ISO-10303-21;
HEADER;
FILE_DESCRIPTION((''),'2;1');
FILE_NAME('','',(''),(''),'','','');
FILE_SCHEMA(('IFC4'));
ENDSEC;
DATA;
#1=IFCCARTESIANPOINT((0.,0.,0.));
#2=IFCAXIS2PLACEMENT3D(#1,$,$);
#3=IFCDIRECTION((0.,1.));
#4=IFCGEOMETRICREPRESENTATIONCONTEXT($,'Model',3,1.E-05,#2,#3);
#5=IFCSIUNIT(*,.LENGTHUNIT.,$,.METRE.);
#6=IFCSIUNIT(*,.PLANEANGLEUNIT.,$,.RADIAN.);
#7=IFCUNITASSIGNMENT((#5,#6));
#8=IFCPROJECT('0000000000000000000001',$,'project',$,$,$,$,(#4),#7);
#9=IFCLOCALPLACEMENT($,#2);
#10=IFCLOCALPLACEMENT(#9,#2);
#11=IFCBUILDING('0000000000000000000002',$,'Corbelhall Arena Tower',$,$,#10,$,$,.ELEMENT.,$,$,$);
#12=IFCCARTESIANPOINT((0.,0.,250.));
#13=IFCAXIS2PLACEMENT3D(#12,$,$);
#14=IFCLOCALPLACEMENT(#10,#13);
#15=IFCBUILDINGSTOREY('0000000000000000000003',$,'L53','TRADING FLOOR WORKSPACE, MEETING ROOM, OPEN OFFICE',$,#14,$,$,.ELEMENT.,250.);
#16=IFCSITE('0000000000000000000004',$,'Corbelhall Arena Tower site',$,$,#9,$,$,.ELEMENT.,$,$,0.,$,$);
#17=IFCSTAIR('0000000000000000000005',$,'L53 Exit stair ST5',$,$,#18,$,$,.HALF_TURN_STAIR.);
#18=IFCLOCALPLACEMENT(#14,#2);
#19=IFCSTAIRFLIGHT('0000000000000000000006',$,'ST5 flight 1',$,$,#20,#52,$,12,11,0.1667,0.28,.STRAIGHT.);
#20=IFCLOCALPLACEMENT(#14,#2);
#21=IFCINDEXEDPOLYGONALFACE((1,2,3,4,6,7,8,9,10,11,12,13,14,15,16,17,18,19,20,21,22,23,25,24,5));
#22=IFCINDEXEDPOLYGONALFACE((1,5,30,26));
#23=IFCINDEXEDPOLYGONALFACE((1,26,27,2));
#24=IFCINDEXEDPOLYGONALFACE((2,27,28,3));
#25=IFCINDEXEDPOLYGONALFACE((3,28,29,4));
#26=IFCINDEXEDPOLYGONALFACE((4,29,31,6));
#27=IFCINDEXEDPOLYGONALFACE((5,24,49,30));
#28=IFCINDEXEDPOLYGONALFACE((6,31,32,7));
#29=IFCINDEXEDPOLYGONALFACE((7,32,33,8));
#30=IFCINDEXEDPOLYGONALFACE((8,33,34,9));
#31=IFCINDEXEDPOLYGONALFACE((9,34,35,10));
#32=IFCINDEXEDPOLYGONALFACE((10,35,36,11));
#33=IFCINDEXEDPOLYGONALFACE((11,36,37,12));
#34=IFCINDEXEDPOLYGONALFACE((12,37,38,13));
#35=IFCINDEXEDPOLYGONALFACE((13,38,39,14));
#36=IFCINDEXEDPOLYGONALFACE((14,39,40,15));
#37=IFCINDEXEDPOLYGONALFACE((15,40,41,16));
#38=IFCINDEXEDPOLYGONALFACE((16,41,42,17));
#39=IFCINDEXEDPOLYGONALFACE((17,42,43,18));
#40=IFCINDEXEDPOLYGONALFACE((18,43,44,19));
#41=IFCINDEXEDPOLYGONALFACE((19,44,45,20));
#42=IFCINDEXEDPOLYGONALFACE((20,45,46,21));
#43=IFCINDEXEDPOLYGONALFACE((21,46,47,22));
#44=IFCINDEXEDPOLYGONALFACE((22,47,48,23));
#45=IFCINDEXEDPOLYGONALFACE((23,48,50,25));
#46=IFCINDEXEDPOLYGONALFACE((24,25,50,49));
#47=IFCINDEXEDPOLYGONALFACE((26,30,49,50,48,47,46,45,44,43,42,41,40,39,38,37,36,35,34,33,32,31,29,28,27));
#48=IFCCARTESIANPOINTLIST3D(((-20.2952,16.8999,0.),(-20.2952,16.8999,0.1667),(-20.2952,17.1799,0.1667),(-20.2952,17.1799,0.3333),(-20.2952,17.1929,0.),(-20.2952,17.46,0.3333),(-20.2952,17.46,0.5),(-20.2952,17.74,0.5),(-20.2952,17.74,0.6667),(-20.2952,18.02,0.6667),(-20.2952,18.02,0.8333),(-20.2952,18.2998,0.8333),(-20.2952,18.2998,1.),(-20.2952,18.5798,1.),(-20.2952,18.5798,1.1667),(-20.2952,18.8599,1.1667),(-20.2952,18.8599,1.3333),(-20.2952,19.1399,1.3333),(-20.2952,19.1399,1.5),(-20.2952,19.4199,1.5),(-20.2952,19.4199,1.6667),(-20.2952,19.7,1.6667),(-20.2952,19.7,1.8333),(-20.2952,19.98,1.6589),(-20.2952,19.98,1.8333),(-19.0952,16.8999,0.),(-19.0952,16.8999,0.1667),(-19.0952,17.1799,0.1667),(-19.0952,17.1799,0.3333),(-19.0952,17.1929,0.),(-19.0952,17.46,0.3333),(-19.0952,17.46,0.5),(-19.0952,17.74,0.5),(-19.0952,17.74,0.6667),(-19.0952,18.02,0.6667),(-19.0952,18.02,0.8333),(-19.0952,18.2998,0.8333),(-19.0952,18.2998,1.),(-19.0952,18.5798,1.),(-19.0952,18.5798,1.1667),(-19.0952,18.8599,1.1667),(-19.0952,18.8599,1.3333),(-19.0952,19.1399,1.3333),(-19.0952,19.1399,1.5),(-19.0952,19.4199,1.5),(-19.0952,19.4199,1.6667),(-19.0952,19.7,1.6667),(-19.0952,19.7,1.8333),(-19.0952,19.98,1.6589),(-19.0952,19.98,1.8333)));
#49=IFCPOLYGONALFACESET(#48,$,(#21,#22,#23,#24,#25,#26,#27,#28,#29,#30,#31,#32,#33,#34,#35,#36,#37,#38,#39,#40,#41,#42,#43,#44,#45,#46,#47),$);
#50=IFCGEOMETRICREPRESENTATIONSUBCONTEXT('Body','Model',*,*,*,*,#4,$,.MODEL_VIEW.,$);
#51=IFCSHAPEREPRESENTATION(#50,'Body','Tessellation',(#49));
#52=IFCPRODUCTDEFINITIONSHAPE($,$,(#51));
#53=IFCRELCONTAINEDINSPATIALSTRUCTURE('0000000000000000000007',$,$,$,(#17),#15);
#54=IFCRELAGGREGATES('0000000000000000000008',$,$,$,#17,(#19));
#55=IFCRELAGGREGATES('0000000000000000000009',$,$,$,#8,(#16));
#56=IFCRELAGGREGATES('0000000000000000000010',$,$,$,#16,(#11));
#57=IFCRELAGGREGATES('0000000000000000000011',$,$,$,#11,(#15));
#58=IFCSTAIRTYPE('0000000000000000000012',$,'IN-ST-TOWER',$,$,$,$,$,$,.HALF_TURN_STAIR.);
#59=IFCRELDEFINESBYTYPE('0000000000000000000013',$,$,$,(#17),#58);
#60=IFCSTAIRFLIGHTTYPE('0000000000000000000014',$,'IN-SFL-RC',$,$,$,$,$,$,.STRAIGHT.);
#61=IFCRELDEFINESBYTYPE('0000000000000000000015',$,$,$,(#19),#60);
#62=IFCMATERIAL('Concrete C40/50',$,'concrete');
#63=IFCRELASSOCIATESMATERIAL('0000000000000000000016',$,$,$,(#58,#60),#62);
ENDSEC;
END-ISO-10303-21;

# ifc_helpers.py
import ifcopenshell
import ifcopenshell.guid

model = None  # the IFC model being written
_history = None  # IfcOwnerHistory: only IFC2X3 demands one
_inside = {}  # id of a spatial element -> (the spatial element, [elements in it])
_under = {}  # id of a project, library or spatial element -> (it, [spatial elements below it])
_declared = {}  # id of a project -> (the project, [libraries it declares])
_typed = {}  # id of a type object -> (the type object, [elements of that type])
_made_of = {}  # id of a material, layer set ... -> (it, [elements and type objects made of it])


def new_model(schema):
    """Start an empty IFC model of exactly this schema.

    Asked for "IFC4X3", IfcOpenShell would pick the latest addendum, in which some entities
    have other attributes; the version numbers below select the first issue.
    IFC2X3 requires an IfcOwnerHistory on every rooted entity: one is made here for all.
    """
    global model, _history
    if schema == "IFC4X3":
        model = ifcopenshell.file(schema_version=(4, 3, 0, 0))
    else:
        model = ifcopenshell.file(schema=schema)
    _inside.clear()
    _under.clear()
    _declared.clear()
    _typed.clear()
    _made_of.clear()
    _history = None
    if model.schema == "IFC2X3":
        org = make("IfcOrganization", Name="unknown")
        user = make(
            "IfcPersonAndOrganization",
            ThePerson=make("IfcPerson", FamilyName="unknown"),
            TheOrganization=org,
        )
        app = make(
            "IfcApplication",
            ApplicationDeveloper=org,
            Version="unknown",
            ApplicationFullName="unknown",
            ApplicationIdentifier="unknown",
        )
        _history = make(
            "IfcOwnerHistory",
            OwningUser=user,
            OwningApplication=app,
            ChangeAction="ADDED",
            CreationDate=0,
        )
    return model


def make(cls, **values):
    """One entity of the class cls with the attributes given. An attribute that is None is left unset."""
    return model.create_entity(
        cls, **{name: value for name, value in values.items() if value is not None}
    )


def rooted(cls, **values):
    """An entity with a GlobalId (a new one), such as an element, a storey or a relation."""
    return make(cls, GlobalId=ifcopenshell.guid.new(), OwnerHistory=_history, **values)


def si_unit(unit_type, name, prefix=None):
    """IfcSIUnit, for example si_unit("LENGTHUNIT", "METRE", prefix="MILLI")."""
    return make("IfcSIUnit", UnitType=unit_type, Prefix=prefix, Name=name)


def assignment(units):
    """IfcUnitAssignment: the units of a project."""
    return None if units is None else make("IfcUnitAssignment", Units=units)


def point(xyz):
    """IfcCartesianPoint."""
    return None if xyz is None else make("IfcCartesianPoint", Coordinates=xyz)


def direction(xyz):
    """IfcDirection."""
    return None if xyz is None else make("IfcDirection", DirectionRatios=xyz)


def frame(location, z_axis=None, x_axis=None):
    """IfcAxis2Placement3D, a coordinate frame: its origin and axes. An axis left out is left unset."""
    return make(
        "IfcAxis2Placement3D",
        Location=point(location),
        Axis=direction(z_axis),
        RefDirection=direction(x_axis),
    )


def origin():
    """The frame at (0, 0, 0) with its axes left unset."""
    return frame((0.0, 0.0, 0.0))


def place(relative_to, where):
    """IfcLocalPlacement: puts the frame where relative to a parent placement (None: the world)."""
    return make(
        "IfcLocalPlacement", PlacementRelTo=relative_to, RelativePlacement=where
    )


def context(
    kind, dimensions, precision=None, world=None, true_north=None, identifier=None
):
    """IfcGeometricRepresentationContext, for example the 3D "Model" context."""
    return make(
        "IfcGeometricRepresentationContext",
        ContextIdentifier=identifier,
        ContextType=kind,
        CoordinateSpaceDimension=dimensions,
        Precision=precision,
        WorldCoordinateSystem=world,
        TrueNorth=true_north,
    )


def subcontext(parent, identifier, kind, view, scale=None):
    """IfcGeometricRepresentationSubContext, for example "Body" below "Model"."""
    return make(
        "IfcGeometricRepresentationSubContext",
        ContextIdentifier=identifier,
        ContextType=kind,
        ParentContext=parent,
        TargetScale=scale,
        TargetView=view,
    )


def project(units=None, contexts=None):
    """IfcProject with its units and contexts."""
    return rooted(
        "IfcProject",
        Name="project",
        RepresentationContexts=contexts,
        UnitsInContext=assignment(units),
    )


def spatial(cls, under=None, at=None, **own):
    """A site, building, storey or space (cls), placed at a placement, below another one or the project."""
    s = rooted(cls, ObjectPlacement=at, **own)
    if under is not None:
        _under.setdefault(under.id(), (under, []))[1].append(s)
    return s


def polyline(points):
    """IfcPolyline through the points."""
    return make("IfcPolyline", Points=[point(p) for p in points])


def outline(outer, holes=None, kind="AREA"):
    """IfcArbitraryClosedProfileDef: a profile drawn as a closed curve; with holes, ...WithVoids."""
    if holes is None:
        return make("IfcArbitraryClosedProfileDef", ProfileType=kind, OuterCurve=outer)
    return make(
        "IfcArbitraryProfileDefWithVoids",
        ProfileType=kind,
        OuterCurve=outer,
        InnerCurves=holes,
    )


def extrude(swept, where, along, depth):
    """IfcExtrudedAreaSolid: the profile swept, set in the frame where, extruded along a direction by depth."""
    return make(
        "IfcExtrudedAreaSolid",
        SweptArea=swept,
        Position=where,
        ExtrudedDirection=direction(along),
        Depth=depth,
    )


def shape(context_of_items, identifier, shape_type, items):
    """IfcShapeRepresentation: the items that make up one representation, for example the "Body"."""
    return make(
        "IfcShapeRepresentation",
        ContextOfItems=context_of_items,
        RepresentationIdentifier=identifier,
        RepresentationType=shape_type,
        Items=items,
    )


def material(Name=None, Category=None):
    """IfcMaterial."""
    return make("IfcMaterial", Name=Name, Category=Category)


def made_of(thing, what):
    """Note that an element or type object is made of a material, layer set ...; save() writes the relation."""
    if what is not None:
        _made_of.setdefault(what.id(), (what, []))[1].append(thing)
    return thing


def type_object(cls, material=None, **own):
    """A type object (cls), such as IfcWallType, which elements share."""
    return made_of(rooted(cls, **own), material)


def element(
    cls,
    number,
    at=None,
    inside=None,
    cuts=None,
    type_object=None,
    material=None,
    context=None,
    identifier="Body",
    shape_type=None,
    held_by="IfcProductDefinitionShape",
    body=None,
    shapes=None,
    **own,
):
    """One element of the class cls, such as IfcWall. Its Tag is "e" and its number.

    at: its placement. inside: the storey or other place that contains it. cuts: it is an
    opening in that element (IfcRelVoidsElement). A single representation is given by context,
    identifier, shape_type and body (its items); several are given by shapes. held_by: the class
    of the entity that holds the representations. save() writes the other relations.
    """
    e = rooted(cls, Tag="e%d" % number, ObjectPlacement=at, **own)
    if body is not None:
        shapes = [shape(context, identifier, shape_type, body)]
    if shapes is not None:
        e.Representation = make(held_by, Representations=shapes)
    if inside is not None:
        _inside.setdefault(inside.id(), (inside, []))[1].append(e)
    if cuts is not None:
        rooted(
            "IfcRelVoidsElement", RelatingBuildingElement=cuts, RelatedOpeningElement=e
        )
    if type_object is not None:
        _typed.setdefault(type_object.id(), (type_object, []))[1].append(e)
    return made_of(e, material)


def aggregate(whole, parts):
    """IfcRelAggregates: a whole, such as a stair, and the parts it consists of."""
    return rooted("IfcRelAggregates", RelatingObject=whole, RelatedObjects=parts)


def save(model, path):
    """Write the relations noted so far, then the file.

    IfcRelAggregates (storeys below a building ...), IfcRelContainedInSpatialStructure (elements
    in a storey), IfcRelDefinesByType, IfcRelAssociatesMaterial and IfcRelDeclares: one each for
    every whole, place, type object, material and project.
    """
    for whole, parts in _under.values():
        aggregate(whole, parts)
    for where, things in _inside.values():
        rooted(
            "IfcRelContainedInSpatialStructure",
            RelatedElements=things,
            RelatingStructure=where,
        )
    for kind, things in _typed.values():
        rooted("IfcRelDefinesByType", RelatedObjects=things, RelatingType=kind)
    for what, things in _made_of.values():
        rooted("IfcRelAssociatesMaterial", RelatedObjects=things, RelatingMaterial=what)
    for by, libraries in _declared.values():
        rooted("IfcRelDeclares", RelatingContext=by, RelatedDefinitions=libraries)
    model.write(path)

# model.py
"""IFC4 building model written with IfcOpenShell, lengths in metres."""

from ifc_helpers import new_model, si_unit, direction, frame, origin, place, context, subcontext, project, spatial, polyline, outline, extrude, material, type_object, element, aggregate, save


model = new_model("IFC4")

# Units and contexts
model_context = context("Model", 3, precision=1e-05, world=origin(), true_north=direction((0.0, 1.0)))
body_context = subcontext(model_context, "Body", "Model", "MODEL_VIEW")
ifc_project = project(units=[si_unit("LENGTHUNIT", "METRE"), si_unit("PLANEANGLEUNIT", "RADIAN")], contexts=[model_context])

# Site, building, storey
site_placement = place(None, origin())
site = spatial("IfcSite", under=ifc_project, at=site_placement, Name="Corbelhall Arena Tower site", CompositionType="ELEMENT", RefElevation=0.0)
building_placement = place(site_placement, origin())
building = spatial("IfcBuilding", under=site, at=building_placement, Name="Corbelhall Arena Tower", CompositionType="ELEMENT")
storey_placement = place(building_placement, frame((0.0, 0.0, 250.0)))
storey = spatial("IfcBuildingStorey", under=building, at=storey_placement, Name="L53", Description="TRADING FLOOR WORKSPACE, MEETING ROOM, OPEN OFFICE", CompositionType="ELEMENT", Elevation=250.0)

# Shared definitions
ifc_material_1 = material(Name="Concrete C40/50", Category="concrete")

# Stair, stair flight
stair_type = type_object("IfcStairType", Name="IN-ST-TOWER", PredefinedType="HALF_TURN_STAIR", material=ifc_material_1)
stair_placement = place(storey_placement, origin())
stair = element("IfcStair", 1, at=stair_placement, inside=storey, type_object=stair_type, Name="L53 Exit stair ST5", PredefinedType="HALF_TURN_STAIR")
stair_flight_type = type_object("IfcStairFlightType", Name="IN-SFL-RC", PredefinedType="STRAIGHT", material=ifc_material_1)
stair_flight_placement = place(storey_placement, frame((-19.6951, 16.8999, 0.0), z_axis=(0.0, 0.0, 1.0), x_axis=(0.0, 1.0, 0.0)))
stair_flight = element("IfcStairFlight", 2, at=stair_flight_placement, type_object=stair_flight_type, Name="ST5 flight 1", NumberOfRisers=12, NumberOfTreads=11, PredefinedType="STRAIGHT", RiserHeight=0.1667, TreadLength=0.28, context=body_context, shape_type="SweptSolid", body=[
    extrude(outline(polyline([(0.0, 0.0), (0.0, 0.1667), (0.28, 0.1667), (0.28, 0.3333), (0.5601, 0.3333), (0.5601, 0.5), (0.8401, 0.5), (0.8401, 0.6667), (1.1201, 0.6667), (1.1201, 0.8333), (1.3999, 0.8333), (1.3999, 1.0), (1.6799, 1.0), (1.6799, 1.1667), (1.96, 1.1667), (1.96, 1.3333), (2.24, 1.3333), (2.24, 1.5), (2.52, 1.5), (2.52, 1.6667), (2.8, 1.6667), (2.8, 1.8333), (3.0801, 1.8333), (3.0801, 2.0), (3.0801, 1.6589), (0.293, 0.0), (0.0, 0.0)])), frame((0.0, 0.6001, 0.0), z_axis=(0.0, -1.0, 0.0), x_axis=(1.0, 0.0, 0.0)), (0.0, 0.0, 1.0), 1.2),
])
aggregate(stair, [stair_flight])

save(model, "model.ifc")
